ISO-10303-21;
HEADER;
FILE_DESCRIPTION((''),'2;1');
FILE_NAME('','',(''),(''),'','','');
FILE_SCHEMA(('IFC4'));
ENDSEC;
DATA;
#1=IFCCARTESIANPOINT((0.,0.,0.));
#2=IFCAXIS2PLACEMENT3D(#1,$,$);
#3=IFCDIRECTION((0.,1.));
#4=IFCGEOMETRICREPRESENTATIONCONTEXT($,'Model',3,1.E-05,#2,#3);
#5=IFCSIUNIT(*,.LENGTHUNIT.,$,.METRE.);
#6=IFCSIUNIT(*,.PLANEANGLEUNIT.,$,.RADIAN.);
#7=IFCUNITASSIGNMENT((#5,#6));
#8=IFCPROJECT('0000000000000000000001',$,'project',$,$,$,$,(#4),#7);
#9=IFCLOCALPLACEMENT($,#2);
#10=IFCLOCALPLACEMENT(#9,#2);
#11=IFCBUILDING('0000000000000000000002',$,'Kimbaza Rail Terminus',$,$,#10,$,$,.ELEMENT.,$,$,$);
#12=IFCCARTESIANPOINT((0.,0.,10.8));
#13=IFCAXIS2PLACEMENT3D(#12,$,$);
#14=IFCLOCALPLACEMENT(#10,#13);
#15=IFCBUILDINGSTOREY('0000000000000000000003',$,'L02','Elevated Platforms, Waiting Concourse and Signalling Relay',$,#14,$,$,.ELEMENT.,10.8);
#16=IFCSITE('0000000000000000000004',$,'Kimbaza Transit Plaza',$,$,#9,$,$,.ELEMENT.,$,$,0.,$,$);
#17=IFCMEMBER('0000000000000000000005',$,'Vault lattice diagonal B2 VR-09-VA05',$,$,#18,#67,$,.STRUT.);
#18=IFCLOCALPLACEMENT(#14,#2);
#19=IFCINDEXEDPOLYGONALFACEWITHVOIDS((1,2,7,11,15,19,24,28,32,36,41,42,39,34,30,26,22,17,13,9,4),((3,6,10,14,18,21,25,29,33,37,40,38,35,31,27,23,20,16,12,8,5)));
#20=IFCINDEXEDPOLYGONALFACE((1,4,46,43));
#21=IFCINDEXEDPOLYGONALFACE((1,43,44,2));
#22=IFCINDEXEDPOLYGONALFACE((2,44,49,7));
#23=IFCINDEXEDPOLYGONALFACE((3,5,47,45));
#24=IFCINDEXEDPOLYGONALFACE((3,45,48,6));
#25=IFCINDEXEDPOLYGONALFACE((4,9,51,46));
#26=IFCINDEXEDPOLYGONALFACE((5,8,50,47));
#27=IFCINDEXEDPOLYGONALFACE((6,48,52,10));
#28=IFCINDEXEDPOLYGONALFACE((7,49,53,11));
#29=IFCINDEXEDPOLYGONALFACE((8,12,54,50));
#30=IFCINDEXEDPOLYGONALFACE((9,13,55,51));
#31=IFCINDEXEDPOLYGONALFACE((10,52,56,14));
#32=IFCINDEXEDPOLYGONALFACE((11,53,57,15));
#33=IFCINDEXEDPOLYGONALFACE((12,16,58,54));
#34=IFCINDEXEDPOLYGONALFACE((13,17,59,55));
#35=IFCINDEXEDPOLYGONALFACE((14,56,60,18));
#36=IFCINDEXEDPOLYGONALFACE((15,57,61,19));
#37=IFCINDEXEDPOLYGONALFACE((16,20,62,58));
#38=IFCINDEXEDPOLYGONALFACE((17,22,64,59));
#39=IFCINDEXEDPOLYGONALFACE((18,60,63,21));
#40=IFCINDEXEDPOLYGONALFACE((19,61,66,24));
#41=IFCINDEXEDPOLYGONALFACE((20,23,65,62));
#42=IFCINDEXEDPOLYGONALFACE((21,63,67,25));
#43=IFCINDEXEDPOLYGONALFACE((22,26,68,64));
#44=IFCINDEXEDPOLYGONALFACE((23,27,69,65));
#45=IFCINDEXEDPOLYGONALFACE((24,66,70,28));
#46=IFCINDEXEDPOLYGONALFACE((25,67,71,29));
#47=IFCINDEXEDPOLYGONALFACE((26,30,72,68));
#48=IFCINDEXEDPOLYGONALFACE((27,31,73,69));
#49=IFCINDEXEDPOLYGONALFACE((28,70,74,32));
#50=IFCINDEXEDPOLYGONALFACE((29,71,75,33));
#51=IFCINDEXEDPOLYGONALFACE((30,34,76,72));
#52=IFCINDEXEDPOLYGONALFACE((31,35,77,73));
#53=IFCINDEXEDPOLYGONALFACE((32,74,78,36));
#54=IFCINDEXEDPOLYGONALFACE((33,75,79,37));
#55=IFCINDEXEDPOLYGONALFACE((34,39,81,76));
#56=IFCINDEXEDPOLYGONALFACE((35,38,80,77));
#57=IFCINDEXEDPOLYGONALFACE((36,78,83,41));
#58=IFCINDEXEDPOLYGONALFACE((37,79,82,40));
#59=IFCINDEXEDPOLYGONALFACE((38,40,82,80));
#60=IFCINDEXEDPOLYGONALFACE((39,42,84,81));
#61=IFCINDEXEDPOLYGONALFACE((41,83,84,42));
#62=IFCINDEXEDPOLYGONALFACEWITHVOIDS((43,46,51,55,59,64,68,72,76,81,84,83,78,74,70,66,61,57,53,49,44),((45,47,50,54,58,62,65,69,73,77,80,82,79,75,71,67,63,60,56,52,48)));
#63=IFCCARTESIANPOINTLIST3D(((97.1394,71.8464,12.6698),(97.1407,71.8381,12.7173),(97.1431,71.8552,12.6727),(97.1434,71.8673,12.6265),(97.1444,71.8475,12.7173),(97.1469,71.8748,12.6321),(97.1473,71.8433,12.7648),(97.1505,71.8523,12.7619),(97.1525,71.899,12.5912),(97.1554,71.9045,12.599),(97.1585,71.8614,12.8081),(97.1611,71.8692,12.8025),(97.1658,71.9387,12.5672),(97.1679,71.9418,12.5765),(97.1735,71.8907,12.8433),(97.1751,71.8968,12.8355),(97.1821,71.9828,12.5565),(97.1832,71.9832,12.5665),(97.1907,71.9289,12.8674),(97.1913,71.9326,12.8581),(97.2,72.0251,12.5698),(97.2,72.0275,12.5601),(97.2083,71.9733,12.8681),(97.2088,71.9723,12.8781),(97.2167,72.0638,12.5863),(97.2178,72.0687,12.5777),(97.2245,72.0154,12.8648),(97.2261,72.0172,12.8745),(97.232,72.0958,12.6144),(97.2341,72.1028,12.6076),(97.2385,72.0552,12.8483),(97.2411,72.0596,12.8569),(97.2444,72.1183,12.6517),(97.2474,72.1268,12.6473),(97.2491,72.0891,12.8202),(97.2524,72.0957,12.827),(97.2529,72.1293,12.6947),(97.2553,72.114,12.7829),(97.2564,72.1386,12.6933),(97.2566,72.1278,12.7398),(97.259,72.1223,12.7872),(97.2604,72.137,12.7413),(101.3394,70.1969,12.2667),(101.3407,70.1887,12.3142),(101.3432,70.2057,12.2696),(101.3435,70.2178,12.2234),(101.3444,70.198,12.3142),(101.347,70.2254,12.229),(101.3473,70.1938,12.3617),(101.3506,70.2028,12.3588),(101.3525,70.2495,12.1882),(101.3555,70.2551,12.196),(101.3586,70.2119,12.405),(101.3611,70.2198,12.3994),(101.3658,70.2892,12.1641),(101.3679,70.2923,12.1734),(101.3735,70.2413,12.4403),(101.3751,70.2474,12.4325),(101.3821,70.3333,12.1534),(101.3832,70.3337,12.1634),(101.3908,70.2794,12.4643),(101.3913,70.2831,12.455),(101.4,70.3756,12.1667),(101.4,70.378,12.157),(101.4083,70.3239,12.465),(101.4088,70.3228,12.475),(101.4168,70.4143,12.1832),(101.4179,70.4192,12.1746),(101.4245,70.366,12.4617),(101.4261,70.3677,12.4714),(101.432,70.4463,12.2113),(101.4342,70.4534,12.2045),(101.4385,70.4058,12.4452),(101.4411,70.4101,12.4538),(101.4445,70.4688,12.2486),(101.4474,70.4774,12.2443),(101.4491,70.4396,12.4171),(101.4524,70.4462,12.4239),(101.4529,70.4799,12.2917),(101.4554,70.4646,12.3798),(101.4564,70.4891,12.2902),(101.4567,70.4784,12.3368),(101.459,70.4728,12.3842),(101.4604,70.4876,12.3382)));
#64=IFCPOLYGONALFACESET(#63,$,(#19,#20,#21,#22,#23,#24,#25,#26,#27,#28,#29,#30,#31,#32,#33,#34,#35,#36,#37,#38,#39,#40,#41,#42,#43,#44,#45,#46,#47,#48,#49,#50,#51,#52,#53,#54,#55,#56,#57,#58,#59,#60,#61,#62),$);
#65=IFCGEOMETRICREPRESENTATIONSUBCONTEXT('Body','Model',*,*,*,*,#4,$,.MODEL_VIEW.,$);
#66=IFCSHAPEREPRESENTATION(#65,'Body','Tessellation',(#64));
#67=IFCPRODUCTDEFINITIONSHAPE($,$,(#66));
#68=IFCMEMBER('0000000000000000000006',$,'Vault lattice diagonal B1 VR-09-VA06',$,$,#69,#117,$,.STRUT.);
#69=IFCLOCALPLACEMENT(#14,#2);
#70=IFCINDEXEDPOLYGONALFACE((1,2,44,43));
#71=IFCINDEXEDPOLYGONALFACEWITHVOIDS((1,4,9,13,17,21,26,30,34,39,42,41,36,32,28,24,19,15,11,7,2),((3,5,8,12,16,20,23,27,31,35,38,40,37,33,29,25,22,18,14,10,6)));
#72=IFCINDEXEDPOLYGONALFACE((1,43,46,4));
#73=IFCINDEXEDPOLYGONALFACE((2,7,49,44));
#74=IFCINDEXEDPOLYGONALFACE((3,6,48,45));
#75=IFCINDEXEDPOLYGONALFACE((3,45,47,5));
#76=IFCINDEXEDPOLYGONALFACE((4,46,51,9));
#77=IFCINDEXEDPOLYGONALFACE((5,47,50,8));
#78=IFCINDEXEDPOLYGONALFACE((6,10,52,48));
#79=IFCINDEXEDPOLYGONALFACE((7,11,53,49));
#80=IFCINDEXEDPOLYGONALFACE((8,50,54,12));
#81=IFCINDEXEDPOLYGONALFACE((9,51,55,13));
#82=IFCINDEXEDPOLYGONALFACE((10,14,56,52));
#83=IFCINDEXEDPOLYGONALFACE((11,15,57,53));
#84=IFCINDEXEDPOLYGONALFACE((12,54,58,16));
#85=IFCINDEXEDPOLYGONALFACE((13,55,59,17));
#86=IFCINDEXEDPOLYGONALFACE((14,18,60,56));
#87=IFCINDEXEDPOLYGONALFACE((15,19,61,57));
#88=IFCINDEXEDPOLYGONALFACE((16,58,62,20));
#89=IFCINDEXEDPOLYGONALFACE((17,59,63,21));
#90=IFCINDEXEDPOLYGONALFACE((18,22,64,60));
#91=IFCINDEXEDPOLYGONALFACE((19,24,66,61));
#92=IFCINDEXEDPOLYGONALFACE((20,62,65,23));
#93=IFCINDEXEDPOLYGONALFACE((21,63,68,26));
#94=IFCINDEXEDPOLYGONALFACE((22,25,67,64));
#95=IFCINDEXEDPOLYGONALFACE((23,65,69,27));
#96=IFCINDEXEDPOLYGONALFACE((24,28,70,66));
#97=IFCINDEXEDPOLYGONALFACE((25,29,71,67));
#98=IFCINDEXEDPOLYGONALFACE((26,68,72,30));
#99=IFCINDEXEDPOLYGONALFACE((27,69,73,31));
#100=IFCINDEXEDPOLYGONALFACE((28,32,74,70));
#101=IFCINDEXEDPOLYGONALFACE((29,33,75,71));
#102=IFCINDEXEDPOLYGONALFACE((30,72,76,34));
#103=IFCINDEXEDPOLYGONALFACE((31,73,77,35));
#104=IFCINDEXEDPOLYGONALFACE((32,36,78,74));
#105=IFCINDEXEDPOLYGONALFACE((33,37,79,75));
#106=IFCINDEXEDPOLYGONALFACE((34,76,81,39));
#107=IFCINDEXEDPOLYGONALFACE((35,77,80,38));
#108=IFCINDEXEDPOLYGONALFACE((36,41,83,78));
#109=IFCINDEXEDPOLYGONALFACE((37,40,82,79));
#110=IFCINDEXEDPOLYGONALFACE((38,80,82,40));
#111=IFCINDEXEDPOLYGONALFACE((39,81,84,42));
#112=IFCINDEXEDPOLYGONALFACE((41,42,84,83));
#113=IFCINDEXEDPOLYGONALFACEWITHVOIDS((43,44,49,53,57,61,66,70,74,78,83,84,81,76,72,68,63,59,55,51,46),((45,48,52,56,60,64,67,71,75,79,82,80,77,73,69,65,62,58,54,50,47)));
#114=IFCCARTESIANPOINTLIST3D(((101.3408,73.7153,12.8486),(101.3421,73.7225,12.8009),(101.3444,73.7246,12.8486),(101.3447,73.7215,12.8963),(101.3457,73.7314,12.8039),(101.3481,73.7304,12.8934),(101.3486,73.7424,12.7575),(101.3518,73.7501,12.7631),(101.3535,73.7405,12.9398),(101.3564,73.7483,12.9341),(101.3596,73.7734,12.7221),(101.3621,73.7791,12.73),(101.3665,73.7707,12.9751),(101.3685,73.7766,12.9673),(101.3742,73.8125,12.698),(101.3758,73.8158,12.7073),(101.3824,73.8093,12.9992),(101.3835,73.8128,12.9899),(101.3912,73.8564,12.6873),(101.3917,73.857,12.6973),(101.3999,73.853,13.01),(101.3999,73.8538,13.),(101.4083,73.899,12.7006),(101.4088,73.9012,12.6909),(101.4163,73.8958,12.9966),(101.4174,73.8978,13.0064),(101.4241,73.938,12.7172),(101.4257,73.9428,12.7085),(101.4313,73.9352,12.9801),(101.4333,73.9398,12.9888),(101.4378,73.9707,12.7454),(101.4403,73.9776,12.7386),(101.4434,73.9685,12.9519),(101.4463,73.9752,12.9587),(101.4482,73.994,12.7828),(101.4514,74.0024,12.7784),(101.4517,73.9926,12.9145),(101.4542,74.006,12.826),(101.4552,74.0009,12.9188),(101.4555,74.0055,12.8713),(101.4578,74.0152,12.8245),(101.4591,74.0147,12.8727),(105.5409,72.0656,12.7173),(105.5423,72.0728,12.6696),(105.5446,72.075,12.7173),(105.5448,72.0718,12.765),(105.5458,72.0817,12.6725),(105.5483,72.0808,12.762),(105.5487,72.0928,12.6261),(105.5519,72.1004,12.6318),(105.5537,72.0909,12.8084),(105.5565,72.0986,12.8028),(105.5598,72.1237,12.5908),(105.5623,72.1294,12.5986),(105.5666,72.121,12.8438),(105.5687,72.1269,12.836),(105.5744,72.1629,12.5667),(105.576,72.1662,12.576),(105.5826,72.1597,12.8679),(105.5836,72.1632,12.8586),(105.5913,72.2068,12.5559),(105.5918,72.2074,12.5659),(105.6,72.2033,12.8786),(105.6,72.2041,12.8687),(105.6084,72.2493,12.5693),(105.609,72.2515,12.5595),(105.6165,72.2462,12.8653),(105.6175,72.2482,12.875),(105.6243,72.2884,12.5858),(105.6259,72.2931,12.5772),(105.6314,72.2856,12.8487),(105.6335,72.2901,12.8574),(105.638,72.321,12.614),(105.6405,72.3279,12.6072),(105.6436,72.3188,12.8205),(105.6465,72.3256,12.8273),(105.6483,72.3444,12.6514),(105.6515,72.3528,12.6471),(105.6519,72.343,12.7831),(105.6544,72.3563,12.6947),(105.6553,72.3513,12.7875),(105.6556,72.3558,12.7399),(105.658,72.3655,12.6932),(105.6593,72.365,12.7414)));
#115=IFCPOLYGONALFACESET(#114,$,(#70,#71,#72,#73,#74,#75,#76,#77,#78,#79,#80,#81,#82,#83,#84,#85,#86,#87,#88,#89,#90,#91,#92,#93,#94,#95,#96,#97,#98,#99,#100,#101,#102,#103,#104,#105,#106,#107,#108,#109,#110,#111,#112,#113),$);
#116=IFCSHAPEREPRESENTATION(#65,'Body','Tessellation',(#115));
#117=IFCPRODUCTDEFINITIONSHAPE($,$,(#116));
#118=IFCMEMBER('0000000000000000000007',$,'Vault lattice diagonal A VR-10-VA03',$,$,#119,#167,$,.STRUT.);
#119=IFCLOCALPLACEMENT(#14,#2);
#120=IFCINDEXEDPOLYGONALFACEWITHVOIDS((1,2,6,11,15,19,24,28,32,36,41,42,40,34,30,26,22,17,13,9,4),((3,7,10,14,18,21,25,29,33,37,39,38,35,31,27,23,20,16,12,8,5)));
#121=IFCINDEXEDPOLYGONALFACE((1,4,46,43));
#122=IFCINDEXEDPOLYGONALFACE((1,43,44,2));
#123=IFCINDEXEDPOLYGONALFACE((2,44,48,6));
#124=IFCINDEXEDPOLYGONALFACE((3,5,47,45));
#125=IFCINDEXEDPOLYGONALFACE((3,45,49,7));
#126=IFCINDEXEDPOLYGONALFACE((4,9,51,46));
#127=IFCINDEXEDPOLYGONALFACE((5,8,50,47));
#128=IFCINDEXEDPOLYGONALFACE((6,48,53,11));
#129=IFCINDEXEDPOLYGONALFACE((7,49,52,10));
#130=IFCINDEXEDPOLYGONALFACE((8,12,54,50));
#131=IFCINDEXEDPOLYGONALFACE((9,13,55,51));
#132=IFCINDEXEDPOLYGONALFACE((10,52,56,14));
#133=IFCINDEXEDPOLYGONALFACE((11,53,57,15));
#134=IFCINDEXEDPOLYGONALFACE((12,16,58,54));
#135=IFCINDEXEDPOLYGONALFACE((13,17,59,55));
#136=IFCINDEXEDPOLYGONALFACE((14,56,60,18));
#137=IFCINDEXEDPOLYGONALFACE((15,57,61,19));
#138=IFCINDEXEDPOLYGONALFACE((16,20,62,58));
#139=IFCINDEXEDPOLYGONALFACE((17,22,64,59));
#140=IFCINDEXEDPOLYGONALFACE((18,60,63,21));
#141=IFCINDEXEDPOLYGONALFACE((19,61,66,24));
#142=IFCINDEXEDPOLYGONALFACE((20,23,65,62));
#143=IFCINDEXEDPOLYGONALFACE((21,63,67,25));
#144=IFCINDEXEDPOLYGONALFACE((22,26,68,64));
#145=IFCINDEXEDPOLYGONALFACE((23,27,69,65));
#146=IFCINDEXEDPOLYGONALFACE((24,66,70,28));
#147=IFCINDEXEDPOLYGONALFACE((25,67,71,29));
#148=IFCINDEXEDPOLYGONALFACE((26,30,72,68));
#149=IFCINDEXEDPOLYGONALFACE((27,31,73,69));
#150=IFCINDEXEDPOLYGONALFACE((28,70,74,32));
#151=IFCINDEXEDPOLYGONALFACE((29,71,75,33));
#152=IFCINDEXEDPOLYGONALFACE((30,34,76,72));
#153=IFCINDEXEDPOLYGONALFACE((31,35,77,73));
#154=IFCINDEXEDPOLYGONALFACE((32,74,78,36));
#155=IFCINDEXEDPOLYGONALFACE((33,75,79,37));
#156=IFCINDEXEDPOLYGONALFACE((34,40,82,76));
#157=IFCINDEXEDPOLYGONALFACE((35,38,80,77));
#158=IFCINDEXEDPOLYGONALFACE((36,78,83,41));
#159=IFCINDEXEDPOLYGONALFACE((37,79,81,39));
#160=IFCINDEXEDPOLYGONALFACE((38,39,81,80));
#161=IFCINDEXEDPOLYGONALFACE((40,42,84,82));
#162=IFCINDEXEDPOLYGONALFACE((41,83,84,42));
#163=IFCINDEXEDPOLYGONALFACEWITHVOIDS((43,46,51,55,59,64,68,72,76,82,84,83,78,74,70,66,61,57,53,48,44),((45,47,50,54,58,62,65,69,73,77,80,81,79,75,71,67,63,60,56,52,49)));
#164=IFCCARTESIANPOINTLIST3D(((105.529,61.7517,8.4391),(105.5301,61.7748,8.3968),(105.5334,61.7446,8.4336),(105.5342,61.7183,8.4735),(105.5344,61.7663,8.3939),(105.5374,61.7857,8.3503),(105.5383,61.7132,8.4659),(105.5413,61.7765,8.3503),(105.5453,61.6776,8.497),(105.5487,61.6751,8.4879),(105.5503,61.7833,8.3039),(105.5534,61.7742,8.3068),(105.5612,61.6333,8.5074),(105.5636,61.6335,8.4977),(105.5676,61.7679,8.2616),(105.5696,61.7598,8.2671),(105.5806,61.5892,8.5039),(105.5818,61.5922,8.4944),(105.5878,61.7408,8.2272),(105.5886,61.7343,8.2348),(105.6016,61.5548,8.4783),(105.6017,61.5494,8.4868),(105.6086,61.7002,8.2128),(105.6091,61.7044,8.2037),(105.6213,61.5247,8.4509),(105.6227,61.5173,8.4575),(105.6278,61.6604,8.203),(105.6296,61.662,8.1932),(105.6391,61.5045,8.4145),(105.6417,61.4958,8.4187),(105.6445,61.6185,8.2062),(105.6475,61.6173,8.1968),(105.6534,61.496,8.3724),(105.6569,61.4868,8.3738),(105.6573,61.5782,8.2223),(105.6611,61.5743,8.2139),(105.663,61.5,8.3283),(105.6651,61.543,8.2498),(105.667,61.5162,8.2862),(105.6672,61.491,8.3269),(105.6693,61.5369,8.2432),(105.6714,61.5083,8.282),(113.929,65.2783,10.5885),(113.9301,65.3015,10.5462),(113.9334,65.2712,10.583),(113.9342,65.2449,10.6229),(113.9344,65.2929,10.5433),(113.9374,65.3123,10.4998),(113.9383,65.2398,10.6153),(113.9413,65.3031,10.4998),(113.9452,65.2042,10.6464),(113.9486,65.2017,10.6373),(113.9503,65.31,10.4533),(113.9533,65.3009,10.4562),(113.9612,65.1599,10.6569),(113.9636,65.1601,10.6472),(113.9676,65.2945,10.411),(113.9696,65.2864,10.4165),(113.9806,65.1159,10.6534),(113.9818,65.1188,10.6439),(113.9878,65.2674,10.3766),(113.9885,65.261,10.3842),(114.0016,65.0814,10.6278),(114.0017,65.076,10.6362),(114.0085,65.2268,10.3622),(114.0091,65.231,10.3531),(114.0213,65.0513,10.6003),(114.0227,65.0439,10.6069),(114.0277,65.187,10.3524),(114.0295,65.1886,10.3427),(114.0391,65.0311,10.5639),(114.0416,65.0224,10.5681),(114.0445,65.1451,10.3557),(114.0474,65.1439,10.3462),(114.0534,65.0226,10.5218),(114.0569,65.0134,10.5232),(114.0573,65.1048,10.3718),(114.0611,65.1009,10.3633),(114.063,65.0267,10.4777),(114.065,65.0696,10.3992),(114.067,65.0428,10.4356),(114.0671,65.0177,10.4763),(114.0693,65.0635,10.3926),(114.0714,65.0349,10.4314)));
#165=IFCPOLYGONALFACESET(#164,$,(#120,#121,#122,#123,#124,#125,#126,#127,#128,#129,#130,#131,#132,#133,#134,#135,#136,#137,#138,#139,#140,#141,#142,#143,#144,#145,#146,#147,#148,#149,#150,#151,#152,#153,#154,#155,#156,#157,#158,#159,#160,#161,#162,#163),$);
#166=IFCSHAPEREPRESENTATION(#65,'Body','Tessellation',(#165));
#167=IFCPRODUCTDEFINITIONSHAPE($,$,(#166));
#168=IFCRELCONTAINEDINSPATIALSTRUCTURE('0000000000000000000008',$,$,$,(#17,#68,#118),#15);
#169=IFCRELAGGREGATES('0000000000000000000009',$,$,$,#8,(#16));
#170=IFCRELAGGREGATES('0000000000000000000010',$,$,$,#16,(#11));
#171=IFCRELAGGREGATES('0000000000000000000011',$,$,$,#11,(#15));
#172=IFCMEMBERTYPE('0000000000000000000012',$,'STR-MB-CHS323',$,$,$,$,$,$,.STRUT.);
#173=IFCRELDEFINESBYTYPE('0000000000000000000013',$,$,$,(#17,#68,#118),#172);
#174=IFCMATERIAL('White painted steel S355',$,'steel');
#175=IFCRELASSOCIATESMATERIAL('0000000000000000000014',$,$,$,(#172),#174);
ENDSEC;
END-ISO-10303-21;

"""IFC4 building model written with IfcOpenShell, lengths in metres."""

from ifc_helpers import new_model, si_unit, direction, frame, origin, origin_2d, place, context, subcontext, project, spatial, hollow_circle, extrude, material, material_profile, profile_set, type_object, element, save


model = new_model("IFC4")

# Units and contexts
model_context = context("Model", 3, precision=1e-05, world=origin(), true_north=direction((0.0, 1.0)))
body_context = subcontext(model_context, "Body", "Model", "MODEL_VIEW")
ifc_project = project(units=[si_unit("LENGTHUNIT", "METRE"), si_unit("PLANEANGLEUNIT", "RADIAN")], contexts=[model_context])

# Site, building, storey
site_placement = place(None, origin())
site = spatial("IfcSite", under=ifc_project, at=site_placement, Name="Kimbaza Transit Plaza", CompositionType="ELEMENT", RefElevation=0.0)
building_placement = place(site_placement, origin())
building = spatial("IfcBuilding", under=site, at=building_placement, Name="Kimbaza Rail Terminus", CompositionType="ELEMENT")
storey_placement = place(building_placement, frame((0.0, 0.0, 10.8)))
storey = spatial("IfcBuildingStorey", under=building, at=storey_placement, Name="L02", Description="Elevated Platforms, Waiting Concourse and Signalling Relay", CompositionType="ELEMENT", Elevation=10.8)

# Members
ifc_material_1 = material(Name="White painted steel S355", Category="steel")
ifc_material_profile_1 = material_profile(ifc_material_1, hollow_circle(Radius=0.1619, WallThickness=0.01, at=origin_2d()), Name="CHS 323.9x10")
ifc_profile_set_1 = profile_set([ifc_material_profile_1], Name="White painted steel S355")
member_type_1 = type_object("IfcMemberType", Name="STR-MB-CHS323", PredefinedType="STRUT", material=ifc_profile_set_1)
member_1_placement = place(storey_placement, frame((101.3999, 70.3394, 12.3142), z_axis=(-0.927103, 0.364094, 0.088976), x_axis=(-0.365544, -0.930794, 0.0)))
element("IfcMember", 1, at=member_1_placement, inside=storey, type_object=member_type_1, Name="Vault lattice diagonal B2 VR-09-VA05", PredefinedType="STRUT", context=body_context, shape_type="SweptSolid", body=[
    extrude(hollow_circle(Radius=0.1619, WallThickness=0.01, at=origin_2d()), origin(), (0.0, 0.0, 1.0), 4.5303),
])
member_2_placement = place(storey_placement, frame((105.6001, 72.2163, 12.7173), z_axis=(-0.930389, 0.365417, 0.029095), x_axis=(-0.365572, -0.930783, 0.0)))
element("IfcMember", 2, at=member_2_placement, inside=storey, type_object=member_type_1, Name="Vault lattice diagonal B1 VR-09-VA06", PredefinedType="STRUT", context=body_context, shape_type="SweptSolid", body=[
    extrude(hollow_circle(Radius=0.1619, WallThickness=0.01, at=origin_2d()), origin(), (0.0, 0.0, 1.0), 4.5144),
])
member_3_placement = place(storey_placement, frame((105.6001, 61.6365, 8.3503), z_axis=(0.897396, 0.376762, 0.229631), x_axis=(-0.387107, 0.922035, 0.0)))
element("IfcMember", 3, at=member_3_placement, inside=storey, type_object=member_type_1, Name="Vault lattice diagonal A VR-10-VA03", PredefinedType="STRUT", context=body_context, shape_type="SweptSolid", body=[
    extrude(hollow_circle(Radius=0.1619, WallThickness=0.01, at=origin_2d()), origin(), (0.0, 0.0, 1.0), 9.3604),
])

save(model, "model.ifc")
